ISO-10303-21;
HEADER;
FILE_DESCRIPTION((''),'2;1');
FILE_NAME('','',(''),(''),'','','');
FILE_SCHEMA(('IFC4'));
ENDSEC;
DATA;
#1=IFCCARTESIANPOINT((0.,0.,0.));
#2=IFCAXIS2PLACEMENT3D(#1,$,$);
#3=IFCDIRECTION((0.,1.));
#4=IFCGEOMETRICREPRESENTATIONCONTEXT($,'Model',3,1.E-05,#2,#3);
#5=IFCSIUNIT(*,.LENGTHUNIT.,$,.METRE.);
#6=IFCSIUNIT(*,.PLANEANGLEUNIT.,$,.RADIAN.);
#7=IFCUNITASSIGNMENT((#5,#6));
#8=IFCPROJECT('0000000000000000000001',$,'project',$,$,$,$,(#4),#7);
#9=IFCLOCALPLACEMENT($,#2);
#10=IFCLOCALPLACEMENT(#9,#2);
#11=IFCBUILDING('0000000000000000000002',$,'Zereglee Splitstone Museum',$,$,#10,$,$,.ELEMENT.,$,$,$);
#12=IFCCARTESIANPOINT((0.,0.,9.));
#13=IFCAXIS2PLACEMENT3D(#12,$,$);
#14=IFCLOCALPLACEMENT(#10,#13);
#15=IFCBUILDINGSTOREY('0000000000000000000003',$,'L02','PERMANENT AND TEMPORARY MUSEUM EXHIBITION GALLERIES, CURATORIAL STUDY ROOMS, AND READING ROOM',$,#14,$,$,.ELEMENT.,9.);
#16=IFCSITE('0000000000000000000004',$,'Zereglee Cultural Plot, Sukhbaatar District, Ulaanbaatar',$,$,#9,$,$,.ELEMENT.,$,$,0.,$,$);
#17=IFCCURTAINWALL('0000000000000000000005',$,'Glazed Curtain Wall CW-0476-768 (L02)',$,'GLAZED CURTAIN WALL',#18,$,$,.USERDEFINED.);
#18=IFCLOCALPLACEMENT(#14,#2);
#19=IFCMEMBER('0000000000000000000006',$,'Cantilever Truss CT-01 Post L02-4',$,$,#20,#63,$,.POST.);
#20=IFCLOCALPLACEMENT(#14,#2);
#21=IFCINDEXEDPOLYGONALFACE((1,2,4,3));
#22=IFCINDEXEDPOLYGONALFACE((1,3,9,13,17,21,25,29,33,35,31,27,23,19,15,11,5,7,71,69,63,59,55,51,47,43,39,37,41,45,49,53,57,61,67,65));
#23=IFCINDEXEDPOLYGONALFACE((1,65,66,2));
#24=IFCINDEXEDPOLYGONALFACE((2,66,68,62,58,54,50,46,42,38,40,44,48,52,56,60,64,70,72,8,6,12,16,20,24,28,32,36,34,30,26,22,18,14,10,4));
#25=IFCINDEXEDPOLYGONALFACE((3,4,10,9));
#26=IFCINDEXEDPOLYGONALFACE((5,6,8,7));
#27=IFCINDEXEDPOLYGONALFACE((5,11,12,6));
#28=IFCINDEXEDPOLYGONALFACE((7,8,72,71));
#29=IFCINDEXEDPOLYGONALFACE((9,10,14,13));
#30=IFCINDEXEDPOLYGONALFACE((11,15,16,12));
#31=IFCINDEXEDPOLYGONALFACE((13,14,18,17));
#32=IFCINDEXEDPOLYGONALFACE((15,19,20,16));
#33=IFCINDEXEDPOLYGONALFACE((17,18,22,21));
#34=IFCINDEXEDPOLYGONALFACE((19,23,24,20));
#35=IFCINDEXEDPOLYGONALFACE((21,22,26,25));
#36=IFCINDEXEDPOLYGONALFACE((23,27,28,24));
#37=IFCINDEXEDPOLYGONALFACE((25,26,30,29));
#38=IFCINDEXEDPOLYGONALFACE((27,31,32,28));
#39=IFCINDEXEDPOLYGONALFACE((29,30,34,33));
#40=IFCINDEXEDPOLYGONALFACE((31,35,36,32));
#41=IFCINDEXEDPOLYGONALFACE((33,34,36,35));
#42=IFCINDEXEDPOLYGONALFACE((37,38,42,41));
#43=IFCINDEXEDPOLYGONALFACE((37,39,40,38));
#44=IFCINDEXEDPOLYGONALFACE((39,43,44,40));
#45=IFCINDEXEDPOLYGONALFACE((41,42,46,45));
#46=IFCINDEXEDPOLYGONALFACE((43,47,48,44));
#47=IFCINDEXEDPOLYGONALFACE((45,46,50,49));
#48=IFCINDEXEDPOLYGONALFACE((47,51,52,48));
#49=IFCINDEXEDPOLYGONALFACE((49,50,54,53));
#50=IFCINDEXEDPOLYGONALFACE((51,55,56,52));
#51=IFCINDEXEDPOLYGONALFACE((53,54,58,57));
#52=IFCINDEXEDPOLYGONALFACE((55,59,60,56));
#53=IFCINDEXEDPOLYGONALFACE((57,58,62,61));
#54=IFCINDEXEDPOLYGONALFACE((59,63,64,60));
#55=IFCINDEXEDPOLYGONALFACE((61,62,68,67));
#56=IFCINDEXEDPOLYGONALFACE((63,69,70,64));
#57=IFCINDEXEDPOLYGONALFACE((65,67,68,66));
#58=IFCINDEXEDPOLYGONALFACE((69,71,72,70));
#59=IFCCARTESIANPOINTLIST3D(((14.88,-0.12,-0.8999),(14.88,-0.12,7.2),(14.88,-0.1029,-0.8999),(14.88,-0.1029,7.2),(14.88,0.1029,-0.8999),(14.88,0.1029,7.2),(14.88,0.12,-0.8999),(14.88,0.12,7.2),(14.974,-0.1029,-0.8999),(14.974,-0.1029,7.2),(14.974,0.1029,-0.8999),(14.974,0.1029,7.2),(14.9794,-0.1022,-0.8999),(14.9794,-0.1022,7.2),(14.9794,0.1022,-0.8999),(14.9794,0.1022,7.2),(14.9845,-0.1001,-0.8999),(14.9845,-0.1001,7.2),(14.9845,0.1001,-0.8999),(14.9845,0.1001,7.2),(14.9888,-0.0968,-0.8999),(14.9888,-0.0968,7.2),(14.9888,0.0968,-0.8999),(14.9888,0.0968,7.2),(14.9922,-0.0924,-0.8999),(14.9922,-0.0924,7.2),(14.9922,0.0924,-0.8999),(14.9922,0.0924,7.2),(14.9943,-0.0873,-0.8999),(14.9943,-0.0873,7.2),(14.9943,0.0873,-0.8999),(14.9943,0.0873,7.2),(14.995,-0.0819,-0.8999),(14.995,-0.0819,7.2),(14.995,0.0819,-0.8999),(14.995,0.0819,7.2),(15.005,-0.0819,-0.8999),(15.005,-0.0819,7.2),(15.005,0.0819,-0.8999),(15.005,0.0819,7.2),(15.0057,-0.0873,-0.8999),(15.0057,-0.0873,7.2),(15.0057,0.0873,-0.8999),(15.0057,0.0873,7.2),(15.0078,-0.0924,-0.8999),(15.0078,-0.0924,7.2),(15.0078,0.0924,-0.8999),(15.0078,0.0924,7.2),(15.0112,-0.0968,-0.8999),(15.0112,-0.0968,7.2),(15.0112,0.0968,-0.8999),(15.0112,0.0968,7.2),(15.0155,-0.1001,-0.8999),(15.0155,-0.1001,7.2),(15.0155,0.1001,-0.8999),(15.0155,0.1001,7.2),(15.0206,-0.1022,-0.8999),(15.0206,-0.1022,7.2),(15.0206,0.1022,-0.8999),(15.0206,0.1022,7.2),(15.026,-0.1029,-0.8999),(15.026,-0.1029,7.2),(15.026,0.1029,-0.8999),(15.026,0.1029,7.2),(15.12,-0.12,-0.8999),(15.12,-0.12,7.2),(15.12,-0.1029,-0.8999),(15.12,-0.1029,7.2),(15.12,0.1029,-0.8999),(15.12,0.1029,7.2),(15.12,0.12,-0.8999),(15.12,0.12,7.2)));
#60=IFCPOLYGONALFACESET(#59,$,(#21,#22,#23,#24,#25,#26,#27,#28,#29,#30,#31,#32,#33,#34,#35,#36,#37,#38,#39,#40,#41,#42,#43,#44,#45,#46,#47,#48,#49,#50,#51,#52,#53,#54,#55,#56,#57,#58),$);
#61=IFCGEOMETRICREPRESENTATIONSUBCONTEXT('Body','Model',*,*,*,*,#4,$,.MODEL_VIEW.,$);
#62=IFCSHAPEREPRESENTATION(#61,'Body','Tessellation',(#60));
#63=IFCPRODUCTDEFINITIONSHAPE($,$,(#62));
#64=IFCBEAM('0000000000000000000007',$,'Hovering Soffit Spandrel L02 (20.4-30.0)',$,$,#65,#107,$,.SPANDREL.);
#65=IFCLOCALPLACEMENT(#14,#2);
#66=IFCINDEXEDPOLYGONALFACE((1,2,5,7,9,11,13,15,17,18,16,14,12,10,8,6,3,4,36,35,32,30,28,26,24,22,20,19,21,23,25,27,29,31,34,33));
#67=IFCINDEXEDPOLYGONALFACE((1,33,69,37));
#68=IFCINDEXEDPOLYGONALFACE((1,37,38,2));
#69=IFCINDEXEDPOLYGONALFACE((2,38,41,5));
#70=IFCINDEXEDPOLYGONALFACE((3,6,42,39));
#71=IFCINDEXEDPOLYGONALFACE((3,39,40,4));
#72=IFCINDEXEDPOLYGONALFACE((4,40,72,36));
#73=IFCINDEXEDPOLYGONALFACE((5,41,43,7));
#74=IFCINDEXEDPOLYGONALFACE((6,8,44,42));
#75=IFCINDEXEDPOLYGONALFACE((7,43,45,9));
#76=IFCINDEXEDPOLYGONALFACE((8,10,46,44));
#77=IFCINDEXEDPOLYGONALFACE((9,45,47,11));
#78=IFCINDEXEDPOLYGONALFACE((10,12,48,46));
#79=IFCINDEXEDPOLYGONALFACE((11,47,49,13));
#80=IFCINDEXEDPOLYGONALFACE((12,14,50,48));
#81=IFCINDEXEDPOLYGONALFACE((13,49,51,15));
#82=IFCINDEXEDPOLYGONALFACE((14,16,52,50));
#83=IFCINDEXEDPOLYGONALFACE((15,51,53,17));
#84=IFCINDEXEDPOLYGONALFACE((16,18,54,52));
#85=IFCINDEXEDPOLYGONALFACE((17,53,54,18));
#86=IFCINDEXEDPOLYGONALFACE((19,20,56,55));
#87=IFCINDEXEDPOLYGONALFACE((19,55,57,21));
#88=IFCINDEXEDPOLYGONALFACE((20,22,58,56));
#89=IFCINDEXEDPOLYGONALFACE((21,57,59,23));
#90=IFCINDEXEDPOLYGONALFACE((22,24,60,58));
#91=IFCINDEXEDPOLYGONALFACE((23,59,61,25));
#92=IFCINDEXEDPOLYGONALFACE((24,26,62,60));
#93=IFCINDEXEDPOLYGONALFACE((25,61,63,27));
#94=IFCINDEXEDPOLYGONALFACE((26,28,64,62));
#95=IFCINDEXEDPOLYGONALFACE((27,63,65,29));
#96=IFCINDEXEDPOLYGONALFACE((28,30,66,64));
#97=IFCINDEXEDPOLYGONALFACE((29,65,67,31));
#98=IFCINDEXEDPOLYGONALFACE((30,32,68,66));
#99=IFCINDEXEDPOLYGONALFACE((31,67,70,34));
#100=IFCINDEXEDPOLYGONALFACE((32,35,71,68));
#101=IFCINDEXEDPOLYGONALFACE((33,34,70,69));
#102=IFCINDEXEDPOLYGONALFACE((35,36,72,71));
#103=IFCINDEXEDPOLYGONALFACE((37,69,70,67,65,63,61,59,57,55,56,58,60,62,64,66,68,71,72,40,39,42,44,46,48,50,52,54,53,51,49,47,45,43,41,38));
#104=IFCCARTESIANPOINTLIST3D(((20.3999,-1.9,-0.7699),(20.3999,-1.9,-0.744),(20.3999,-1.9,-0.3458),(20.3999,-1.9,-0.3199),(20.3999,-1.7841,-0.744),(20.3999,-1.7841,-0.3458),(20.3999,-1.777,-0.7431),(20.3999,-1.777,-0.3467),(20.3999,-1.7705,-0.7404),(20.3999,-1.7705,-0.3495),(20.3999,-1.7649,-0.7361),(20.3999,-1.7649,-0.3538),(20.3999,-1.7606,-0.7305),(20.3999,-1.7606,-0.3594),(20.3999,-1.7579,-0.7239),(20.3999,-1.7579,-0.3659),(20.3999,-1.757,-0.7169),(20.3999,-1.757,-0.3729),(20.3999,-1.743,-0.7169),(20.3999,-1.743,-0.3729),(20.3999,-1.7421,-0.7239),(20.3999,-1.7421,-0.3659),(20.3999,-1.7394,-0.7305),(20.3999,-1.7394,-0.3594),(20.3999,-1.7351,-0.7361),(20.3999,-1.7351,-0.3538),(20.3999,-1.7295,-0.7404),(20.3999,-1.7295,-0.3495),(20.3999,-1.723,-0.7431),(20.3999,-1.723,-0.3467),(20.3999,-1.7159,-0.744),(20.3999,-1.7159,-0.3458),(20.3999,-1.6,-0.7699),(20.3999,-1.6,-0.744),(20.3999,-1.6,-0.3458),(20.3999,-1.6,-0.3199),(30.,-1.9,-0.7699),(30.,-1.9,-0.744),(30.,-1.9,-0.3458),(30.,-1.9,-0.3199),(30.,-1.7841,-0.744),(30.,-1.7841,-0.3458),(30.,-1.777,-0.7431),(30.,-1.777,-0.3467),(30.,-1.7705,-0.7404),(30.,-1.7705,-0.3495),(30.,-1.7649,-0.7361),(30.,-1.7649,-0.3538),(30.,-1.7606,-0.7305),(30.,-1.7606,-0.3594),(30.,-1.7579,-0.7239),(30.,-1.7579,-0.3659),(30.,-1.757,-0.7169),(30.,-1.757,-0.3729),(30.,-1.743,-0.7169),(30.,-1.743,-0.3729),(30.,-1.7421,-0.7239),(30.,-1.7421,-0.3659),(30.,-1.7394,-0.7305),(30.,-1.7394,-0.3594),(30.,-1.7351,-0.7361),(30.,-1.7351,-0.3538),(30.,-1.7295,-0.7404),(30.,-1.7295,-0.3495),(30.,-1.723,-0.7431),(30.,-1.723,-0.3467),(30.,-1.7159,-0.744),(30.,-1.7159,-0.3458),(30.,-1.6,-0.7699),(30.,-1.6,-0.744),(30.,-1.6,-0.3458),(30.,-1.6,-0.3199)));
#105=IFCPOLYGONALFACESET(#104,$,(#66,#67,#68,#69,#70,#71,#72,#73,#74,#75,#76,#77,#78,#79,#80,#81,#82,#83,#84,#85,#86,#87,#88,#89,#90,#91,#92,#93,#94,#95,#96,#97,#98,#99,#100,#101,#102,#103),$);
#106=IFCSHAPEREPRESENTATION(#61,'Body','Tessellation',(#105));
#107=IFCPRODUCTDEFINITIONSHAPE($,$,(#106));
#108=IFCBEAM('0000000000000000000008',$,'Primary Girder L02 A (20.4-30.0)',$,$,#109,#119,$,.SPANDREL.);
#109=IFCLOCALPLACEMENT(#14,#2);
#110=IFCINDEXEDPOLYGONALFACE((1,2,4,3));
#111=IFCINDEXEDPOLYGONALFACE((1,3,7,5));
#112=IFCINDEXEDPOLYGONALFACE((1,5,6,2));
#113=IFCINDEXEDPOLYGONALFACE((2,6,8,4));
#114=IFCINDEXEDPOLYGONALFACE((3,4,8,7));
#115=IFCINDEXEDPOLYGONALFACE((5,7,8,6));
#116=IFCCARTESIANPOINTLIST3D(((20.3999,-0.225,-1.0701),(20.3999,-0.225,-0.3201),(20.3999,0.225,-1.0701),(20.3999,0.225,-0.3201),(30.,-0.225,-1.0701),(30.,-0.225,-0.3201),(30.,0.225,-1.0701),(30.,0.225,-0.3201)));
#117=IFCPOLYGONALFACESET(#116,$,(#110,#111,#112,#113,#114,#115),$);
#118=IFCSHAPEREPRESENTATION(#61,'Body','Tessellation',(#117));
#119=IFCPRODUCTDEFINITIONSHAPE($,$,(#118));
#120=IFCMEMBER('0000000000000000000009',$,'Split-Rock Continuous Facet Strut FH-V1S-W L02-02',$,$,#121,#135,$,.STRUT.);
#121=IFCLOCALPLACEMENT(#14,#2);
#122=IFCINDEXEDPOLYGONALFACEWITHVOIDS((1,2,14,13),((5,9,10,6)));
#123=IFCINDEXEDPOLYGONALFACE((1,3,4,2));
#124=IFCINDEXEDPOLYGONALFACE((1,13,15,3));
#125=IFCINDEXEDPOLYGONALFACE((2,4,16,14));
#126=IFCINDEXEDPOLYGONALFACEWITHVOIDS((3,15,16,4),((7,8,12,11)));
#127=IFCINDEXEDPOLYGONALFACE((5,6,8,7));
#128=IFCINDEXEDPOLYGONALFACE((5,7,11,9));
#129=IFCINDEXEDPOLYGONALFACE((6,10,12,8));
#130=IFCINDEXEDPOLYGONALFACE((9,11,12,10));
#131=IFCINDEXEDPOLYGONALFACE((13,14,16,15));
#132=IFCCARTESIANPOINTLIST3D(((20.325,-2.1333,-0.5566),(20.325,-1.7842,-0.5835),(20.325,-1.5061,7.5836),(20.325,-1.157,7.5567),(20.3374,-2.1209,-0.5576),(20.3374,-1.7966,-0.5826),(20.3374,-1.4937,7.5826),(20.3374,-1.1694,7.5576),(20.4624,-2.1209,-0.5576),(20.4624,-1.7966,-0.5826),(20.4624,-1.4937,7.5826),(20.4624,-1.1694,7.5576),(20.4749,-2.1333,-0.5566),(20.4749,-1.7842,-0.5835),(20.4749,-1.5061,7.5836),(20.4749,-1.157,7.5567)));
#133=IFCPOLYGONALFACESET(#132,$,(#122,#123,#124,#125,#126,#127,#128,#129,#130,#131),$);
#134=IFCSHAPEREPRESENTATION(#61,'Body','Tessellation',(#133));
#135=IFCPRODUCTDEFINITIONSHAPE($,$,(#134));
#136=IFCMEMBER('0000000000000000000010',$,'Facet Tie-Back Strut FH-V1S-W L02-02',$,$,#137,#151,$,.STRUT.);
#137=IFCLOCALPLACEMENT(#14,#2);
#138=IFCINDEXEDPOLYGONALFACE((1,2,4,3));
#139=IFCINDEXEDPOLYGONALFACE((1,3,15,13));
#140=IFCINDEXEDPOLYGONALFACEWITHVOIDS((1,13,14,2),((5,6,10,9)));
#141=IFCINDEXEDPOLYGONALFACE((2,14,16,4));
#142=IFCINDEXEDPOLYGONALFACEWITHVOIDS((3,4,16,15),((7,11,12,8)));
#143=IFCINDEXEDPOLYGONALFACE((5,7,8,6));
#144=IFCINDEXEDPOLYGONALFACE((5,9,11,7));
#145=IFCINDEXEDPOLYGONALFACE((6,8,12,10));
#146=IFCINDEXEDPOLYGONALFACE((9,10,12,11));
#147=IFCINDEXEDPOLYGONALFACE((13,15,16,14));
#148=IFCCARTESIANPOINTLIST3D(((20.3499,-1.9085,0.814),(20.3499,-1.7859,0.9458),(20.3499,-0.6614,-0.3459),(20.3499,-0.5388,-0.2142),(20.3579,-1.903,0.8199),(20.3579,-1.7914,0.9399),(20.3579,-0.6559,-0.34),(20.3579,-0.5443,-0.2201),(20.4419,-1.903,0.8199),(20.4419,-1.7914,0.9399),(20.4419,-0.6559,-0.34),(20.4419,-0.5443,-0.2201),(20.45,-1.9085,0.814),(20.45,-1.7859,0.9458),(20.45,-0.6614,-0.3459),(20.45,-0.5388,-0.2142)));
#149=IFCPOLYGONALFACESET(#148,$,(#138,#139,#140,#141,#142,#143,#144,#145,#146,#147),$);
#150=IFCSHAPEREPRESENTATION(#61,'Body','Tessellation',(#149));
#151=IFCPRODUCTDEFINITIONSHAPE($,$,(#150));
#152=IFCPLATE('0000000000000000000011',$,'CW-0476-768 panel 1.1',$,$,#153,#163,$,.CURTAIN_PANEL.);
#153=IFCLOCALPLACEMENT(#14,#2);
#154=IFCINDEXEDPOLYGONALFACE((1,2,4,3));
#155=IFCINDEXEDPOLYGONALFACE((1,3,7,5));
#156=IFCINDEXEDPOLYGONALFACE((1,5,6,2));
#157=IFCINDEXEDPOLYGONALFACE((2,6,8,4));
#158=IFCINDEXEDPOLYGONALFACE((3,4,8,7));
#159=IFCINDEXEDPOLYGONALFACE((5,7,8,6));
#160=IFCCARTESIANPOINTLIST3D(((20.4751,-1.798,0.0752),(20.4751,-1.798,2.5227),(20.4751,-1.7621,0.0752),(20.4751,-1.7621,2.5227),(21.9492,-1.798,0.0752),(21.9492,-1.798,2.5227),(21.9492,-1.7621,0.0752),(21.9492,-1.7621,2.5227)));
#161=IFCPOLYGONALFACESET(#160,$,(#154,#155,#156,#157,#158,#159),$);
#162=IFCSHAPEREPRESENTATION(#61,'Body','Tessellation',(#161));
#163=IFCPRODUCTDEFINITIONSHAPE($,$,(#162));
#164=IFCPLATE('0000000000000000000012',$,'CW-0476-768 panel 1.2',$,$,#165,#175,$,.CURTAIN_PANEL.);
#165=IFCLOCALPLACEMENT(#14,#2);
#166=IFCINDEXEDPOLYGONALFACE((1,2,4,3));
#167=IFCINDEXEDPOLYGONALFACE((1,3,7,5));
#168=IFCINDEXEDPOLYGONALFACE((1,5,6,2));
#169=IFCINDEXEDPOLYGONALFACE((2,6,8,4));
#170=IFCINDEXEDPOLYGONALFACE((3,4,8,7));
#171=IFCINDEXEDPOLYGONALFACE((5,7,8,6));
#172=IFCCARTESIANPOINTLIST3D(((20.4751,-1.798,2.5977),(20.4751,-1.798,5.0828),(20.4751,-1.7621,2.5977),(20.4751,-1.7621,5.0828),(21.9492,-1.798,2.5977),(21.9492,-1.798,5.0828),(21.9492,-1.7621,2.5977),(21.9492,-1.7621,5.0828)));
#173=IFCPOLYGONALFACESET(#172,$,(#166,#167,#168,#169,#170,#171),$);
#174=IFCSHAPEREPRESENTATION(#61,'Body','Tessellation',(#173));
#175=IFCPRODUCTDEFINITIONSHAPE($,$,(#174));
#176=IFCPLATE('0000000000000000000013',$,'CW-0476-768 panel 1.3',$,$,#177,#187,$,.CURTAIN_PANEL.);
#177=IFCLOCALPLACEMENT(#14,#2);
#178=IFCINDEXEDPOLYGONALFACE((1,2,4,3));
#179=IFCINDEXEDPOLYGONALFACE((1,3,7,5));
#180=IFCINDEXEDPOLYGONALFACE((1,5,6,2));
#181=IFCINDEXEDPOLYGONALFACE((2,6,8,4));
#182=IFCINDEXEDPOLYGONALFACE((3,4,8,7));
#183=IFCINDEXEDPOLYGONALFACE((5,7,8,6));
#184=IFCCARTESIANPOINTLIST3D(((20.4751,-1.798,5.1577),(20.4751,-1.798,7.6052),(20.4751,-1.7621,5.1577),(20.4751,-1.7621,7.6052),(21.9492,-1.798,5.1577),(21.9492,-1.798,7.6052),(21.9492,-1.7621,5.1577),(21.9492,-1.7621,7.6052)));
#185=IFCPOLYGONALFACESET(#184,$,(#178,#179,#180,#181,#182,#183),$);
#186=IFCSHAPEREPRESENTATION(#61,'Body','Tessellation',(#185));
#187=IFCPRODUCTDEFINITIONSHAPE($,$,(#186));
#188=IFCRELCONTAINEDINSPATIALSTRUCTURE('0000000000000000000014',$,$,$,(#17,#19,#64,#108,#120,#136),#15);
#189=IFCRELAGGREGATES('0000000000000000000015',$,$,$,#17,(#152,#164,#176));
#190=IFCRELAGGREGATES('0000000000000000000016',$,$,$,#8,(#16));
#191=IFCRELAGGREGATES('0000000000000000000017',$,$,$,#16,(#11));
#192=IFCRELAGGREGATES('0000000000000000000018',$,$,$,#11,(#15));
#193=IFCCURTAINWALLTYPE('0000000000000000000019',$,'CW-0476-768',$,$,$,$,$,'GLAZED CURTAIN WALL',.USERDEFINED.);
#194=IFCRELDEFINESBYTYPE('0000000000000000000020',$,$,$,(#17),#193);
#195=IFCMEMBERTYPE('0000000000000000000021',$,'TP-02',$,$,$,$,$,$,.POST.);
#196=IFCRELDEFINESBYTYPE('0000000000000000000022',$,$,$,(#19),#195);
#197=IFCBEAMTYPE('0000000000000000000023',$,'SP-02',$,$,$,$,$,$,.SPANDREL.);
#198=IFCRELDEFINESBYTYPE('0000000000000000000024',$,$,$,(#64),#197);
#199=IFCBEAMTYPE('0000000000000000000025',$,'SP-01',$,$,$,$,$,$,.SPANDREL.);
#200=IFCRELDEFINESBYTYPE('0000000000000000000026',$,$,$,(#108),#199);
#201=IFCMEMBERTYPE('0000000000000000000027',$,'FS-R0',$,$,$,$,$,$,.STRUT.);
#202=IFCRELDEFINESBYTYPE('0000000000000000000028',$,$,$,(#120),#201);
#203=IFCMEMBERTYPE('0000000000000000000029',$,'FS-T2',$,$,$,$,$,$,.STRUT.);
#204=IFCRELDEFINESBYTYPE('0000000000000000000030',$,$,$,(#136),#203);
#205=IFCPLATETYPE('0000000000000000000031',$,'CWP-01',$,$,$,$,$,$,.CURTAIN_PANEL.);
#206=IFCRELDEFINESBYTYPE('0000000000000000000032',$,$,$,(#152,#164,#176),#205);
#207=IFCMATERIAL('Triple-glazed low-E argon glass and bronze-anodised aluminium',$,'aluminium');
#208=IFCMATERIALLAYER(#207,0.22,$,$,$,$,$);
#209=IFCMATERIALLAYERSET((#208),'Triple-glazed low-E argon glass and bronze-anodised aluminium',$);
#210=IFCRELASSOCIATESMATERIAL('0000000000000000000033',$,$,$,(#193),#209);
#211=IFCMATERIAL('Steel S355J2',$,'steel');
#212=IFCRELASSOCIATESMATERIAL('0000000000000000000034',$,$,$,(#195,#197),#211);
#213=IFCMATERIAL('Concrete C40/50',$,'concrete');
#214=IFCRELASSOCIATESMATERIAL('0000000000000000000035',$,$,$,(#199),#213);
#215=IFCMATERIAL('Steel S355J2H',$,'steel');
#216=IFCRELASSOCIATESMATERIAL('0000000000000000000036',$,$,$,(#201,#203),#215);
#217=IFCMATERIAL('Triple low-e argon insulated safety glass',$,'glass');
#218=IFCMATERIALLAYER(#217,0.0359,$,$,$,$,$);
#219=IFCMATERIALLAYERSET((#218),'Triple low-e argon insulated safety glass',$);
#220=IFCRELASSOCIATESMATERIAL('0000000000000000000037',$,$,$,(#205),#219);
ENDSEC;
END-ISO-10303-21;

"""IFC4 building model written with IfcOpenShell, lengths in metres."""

from ifc_helpers import new_model, si_unit, direction, frame, origin, origin_2d, place, context, subcontext, project, spatial, rectangle, hollow_rectangle, i_section, extrude, material, layer, layer_set, material_profile, profile_set, type_object, element, aggregate, save


model = new_model("IFC4")

# Units and contexts
model_context = context("Model", 3, precision=1e-05, world=origin(), true_north=direction((0.0, 1.0)))
body_context = subcontext(model_context, "Body", "Model", "MODEL_VIEW")
ifc_project = project(units=[si_unit("LENGTHUNIT", "METRE"), si_unit("PLANEANGLEUNIT", "RADIAN")], contexts=[model_context])

# Site, building, storey
site_placement = place(None, origin())
site = spatial("IfcSite", under=ifc_project, at=site_placement, Name="Zereglee Cultural Plot, Sukhbaatar District, Ulaanbaatar", CompositionType="ELEMENT", RefElevation=0.0)
building_placement = place(site_placement, origin())
building = spatial("IfcBuilding", under=site, at=building_placement, Name="Zereglee Splitstone Museum", CompositionType="ELEMENT")
storey_placement = place(building_placement, frame((0.0, 0.0, 9.0)))
storey = spatial("IfcBuildingStorey", under=building, at=storey_placement, Name="L02", Description="PERMANENT AND TEMPORARY MUSEUM EXHIBITION GALLERIES, CURATORIAL STUDY ROOMS, AND READING ROOM", CompositionType="ELEMENT", Elevation=9.0)

# Shared definitions
ifc_material_1 = material(Name="Steel S355J2", Category="steel")

# Shared definitions
ifc_material_2 = material(Name="Steel S355J2H", Category="steel")

# Curtain wall
ifc_material_3 = material(Name="Triple-glazed low-E argon glass and bronze-anodised aluminium", Category="aluminium")
ifc_layer_1 = layer(ifc_material_3, 0.22)
ifc_layer_set_1 = layer_set([ifc_layer_1], Name="Triple-glazed low-E argon glass and bronze-anodised aluminium")
curtain_wall_type = type_object("IfcCurtainWallType", Name="CW-0476-768", ElementType="GLAZED CURTAIN WALL", PredefinedType="USERDEFINED", material=ifc_layer_set_1)
curtain_wall_placement = place(storey_placement, origin())
curtain_wall = element("IfcCurtainWall", 1, at=curtain_wall_placement, inside=storey, type_object=curtain_wall_type, Name="Glazed Curtain Wall CW-0476-768 (L02)", ObjectType="GLAZED CURTAIN WALL", PredefinedType="USERDEFINED")

# Member
ifc_material_profile_1 = material_profile(ifc_material_1, i_section(OverallWidth=0.24, OverallDepth=0.24, WebThickness=0.01, FlangeThickness=0.0171, FilletRadius=0.021, at=origin_2d()), Name="HE 240 B")
ifc_profile_set_1 = profile_set([ifc_material_profile_1], Name="Steel S355J2")
member_type_1 = type_object("IfcMemberType", Name="TP-02", PredefinedType="POST", material=ifc_profile_set_1)
member_1_placement = place(storey_placement, frame((15.0, 0.0, -0.8999), z_axis=(0.0, 0.0, 1.0), x_axis=(1.0, 0.0, 0.0)))
element("IfcMember", 2, at=member_1_placement, inside=storey, type_object=member_type_1, Name="Cantilever Truss CT-01 Post L02-4", PredefinedType="POST", context=body_context, shape_type="SweptSolid", body=[
    extrude(i_section(OverallWidth=0.24, OverallDepth=0.24, WebThickness=0.01, FlangeThickness=0.0171, FilletRadius=0.021, at=origin_2d()), origin(), (0.0, 0.0, 1.0), 8.0999),
])

# Beams
ifc_material_profile_2 = material_profile(ifc_material_1, i_section(OverallWidth=0.3, OverallDepth=0.45, WebThickness=0.0139, FlangeThickness=0.0259, FilletRadius=0.0271, at=origin_2d()), Name="HE 450 B")
ifc_profile_set_2 = profile_set([ifc_material_profile_2], Name="Steel S355J2")
beam_type_1 = type_object("IfcBeamType", Name="SP-02", PredefinedType="SPANDREL", material=ifc_profile_set_2)
beam_1_placement = place(storey_placement, frame((20.3999, -1.75, -0.5449), z_axis=(1.0, 0.0, 0.0), x_axis=(0.0, 1.0, 0.0)))
element("IfcBeam", 3, at=beam_1_placement, inside=storey, type_object=beam_type_1, Name="Hovering Soffit Spandrel L02 (20.4-30.0)", PredefinedType="SPANDREL", context=body_context, shape_type="SweptSolid", body=[
    extrude(i_section(OverallWidth=0.3, OverallDepth=0.45, WebThickness=0.0139, FlangeThickness=0.0259, FilletRadius=0.0271, at=origin_2d()), origin(), (0.0, 0.0, 1.0), 9.6001),
])
ifc_material_4 = material(Name="Concrete C40/50", Category="concrete")
ifc_material_profile_3 = material_profile(ifc_material_4, rectangle(XDim=0.45, YDim=0.75, at=origin_2d()), Name="RC 450x750")
ifc_profile_set_3 = profile_set([ifc_material_profile_3], Name="Concrete C40/50")
beam_type_2 = type_object("IfcBeamType", Name="SP-01", PredefinedType="SPANDREL", material=ifc_profile_set_3)
beam_2_placement = place(storey_placement, frame((20.3999, 0.0, -0.6951), z_axis=(1.0, 0.0, 0.0), x_axis=(0.0, 1.0, 0.0)))
element("IfcBeam", 4, at=beam_2_placement, inside=storey, type_object=beam_type_2, Name="Primary Girder L02 A (20.4-30.0)", PredefinedType="SPANDREL", context=body_context, shape_type="SweptSolid", body=[
    extrude(rectangle(XDim=0.45, YDim=0.75, at=origin_2d()), origin(), (0.0, 0.0, 1.0), 9.6001),
])

# Members
ifc_material_profile_4 = material_profile(ifc_material_2, hollow_rectangle(XDim=0.1499, YDim=0.3501, WallThickness=0.0125, at=origin_2d()), Name="RHS 350x150x12.5")
ifc_profile_set_4 = profile_set([ifc_material_profile_4], Name="Steel S355J2H")
member_type_2 = type_object("IfcMemberType", Name="FS-R0", PredefinedType="STRUT", material=ifc_profile_set_4)
member_2_placement = place(storey_placement, frame((20.3999, -1.9587, -0.5701), z_axis=(0.0, 0.076822, 0.997045), x_axis=(-1.0, 0.0, 0.0)))
element("IfcMember", 5, at=member_2_placement, inside=storey, type_object=member_type_2, Name="Split-Rock Continuous Facet Strut FH-V1S-W L02-02", PredefinedType="STRUT", context=body_context, shape_type="SweptSolid", body=[
    extrude(hollow_rectangle(XDim=0.1499, YDim=0.3501, WallThickness=0.0125, at=origin_2d()), origin(), (0.0, 0.0, 1.0), 8.1643),
])
ifc_material_profile_5 = material_profile(ifc_material_2, hollow_rectangle(XDim=0.1001, YDim=0.1799, WallThickness=0.0081, at=origin_2d()), Name="RHS 180x100x8")
ifc_profile_set_5 = profile_set([ifc_material_profile_5], Name="Steel S355J2H")
member_type_3 = type_object("IfcMemberType", Name="FS-T2", PredefinedType="STRUT", material=ifc_profile_set_5)
member_3_placement = place(storey_placement, frame((20.3999, -0.6001, -0.28), z_axis=(0.0, -0.732232, 0.681056), x_axis=(1.0, 0.0, 0.0)))
element("IfcMember", 6, at=member_3_placement, inside=storey, type_object=member_type_3, Name="Facet Tie-Back Strut FH-V1S-W L02-02", PredefinedType="STRUT", context=body_context, shape_type="SweptSolid", body=[
    extrude(hollow_rectangle(XDim=0.1001, YDim=0.1799, WallThickness=0.0081, at=origin_2d()), origin(), (0.0, 0.0, 1.0), 1.7031),
])

# Plates
ifc_material_5 = material(Name="Triple low-e argon insulated safety glass", Category="glass")
ifc_layer_2 = layer(ifc_material_5, 0.0359)
ifc_layer_set_2 = layer_set([ifc_layer_2], Name="Triple low-e argon insulated safety glass")
plate_type_1 = type_object("IfcPlateType", Name="CWP-01", PredefinedType="CURTAIN_PANEL", material=ifc_layer_set_2)
plate_1_placement = place(storey_placement, frame((21.2122, -1.78, 0.0752), z_axis=(0.0, 0.0, 1.0), x_axis=(1.0, 0.0, 0.0)))
plate_1 = element("IfcPlate", 7, at=plate_1_placement, type_object=plate_type_1, Name="CW-0476-768 panel 1.1", PredefinedType="CURTAIN_PANEL", context=body_context, shape_type="SweptSolid", body=[
    extrude(rectangle(XDim=1.4741, YDim=0.0359, at=origin_2d()), origin(), (0.0, 0.0, 1.0), 2.4475),
])
plate_2_placement = place(storey_placement, frame((21.2122, -1.78, 2.5977), z_axis=(0.0, 0.0, 1.0), x_axis=(1.0, 0.0, 0.0)))
plate_2 = element("IfcPlate", 8, at=plate_2_placement, type_object=plate_type_1, Name="CW-0476-768 panel 1.2", PredefinedType="CURTAIN_PANEL", context=body_context, shape_type="SweptSolid", body=[
    extrude(rectangle(XDim=1.4741, YDim=0.0359, at=origin_2d()), origin(), (0.0, 0.0, 1.0), 2.4851),
])
plate_3_placement = place(storey_placement, frame((21.2122, -1.78, 5.1577), z_axis=(0.0, 0.0, 1.0), x_axis=(1.0, 0.0, 0.0)))
plate_3 = element("IfcPlate", 9, at=plate_3_placement, type_object=plate_type_1, Name="CW-0476-768 panel 1.3", PredefinedType="CURTAIN_PANEL", context=body_context, shape_type="SweptSolid", body=[
    extrude(rectangle(XDim=1.4741, YDim=0.0359, at=origin_2d()), origin(), (0.0, 0.0, 1.0), 2.4475),
])
aggregate(curtain_wall, [plate_1, plate_2, plate_3])

save(model, "model.ifc")
